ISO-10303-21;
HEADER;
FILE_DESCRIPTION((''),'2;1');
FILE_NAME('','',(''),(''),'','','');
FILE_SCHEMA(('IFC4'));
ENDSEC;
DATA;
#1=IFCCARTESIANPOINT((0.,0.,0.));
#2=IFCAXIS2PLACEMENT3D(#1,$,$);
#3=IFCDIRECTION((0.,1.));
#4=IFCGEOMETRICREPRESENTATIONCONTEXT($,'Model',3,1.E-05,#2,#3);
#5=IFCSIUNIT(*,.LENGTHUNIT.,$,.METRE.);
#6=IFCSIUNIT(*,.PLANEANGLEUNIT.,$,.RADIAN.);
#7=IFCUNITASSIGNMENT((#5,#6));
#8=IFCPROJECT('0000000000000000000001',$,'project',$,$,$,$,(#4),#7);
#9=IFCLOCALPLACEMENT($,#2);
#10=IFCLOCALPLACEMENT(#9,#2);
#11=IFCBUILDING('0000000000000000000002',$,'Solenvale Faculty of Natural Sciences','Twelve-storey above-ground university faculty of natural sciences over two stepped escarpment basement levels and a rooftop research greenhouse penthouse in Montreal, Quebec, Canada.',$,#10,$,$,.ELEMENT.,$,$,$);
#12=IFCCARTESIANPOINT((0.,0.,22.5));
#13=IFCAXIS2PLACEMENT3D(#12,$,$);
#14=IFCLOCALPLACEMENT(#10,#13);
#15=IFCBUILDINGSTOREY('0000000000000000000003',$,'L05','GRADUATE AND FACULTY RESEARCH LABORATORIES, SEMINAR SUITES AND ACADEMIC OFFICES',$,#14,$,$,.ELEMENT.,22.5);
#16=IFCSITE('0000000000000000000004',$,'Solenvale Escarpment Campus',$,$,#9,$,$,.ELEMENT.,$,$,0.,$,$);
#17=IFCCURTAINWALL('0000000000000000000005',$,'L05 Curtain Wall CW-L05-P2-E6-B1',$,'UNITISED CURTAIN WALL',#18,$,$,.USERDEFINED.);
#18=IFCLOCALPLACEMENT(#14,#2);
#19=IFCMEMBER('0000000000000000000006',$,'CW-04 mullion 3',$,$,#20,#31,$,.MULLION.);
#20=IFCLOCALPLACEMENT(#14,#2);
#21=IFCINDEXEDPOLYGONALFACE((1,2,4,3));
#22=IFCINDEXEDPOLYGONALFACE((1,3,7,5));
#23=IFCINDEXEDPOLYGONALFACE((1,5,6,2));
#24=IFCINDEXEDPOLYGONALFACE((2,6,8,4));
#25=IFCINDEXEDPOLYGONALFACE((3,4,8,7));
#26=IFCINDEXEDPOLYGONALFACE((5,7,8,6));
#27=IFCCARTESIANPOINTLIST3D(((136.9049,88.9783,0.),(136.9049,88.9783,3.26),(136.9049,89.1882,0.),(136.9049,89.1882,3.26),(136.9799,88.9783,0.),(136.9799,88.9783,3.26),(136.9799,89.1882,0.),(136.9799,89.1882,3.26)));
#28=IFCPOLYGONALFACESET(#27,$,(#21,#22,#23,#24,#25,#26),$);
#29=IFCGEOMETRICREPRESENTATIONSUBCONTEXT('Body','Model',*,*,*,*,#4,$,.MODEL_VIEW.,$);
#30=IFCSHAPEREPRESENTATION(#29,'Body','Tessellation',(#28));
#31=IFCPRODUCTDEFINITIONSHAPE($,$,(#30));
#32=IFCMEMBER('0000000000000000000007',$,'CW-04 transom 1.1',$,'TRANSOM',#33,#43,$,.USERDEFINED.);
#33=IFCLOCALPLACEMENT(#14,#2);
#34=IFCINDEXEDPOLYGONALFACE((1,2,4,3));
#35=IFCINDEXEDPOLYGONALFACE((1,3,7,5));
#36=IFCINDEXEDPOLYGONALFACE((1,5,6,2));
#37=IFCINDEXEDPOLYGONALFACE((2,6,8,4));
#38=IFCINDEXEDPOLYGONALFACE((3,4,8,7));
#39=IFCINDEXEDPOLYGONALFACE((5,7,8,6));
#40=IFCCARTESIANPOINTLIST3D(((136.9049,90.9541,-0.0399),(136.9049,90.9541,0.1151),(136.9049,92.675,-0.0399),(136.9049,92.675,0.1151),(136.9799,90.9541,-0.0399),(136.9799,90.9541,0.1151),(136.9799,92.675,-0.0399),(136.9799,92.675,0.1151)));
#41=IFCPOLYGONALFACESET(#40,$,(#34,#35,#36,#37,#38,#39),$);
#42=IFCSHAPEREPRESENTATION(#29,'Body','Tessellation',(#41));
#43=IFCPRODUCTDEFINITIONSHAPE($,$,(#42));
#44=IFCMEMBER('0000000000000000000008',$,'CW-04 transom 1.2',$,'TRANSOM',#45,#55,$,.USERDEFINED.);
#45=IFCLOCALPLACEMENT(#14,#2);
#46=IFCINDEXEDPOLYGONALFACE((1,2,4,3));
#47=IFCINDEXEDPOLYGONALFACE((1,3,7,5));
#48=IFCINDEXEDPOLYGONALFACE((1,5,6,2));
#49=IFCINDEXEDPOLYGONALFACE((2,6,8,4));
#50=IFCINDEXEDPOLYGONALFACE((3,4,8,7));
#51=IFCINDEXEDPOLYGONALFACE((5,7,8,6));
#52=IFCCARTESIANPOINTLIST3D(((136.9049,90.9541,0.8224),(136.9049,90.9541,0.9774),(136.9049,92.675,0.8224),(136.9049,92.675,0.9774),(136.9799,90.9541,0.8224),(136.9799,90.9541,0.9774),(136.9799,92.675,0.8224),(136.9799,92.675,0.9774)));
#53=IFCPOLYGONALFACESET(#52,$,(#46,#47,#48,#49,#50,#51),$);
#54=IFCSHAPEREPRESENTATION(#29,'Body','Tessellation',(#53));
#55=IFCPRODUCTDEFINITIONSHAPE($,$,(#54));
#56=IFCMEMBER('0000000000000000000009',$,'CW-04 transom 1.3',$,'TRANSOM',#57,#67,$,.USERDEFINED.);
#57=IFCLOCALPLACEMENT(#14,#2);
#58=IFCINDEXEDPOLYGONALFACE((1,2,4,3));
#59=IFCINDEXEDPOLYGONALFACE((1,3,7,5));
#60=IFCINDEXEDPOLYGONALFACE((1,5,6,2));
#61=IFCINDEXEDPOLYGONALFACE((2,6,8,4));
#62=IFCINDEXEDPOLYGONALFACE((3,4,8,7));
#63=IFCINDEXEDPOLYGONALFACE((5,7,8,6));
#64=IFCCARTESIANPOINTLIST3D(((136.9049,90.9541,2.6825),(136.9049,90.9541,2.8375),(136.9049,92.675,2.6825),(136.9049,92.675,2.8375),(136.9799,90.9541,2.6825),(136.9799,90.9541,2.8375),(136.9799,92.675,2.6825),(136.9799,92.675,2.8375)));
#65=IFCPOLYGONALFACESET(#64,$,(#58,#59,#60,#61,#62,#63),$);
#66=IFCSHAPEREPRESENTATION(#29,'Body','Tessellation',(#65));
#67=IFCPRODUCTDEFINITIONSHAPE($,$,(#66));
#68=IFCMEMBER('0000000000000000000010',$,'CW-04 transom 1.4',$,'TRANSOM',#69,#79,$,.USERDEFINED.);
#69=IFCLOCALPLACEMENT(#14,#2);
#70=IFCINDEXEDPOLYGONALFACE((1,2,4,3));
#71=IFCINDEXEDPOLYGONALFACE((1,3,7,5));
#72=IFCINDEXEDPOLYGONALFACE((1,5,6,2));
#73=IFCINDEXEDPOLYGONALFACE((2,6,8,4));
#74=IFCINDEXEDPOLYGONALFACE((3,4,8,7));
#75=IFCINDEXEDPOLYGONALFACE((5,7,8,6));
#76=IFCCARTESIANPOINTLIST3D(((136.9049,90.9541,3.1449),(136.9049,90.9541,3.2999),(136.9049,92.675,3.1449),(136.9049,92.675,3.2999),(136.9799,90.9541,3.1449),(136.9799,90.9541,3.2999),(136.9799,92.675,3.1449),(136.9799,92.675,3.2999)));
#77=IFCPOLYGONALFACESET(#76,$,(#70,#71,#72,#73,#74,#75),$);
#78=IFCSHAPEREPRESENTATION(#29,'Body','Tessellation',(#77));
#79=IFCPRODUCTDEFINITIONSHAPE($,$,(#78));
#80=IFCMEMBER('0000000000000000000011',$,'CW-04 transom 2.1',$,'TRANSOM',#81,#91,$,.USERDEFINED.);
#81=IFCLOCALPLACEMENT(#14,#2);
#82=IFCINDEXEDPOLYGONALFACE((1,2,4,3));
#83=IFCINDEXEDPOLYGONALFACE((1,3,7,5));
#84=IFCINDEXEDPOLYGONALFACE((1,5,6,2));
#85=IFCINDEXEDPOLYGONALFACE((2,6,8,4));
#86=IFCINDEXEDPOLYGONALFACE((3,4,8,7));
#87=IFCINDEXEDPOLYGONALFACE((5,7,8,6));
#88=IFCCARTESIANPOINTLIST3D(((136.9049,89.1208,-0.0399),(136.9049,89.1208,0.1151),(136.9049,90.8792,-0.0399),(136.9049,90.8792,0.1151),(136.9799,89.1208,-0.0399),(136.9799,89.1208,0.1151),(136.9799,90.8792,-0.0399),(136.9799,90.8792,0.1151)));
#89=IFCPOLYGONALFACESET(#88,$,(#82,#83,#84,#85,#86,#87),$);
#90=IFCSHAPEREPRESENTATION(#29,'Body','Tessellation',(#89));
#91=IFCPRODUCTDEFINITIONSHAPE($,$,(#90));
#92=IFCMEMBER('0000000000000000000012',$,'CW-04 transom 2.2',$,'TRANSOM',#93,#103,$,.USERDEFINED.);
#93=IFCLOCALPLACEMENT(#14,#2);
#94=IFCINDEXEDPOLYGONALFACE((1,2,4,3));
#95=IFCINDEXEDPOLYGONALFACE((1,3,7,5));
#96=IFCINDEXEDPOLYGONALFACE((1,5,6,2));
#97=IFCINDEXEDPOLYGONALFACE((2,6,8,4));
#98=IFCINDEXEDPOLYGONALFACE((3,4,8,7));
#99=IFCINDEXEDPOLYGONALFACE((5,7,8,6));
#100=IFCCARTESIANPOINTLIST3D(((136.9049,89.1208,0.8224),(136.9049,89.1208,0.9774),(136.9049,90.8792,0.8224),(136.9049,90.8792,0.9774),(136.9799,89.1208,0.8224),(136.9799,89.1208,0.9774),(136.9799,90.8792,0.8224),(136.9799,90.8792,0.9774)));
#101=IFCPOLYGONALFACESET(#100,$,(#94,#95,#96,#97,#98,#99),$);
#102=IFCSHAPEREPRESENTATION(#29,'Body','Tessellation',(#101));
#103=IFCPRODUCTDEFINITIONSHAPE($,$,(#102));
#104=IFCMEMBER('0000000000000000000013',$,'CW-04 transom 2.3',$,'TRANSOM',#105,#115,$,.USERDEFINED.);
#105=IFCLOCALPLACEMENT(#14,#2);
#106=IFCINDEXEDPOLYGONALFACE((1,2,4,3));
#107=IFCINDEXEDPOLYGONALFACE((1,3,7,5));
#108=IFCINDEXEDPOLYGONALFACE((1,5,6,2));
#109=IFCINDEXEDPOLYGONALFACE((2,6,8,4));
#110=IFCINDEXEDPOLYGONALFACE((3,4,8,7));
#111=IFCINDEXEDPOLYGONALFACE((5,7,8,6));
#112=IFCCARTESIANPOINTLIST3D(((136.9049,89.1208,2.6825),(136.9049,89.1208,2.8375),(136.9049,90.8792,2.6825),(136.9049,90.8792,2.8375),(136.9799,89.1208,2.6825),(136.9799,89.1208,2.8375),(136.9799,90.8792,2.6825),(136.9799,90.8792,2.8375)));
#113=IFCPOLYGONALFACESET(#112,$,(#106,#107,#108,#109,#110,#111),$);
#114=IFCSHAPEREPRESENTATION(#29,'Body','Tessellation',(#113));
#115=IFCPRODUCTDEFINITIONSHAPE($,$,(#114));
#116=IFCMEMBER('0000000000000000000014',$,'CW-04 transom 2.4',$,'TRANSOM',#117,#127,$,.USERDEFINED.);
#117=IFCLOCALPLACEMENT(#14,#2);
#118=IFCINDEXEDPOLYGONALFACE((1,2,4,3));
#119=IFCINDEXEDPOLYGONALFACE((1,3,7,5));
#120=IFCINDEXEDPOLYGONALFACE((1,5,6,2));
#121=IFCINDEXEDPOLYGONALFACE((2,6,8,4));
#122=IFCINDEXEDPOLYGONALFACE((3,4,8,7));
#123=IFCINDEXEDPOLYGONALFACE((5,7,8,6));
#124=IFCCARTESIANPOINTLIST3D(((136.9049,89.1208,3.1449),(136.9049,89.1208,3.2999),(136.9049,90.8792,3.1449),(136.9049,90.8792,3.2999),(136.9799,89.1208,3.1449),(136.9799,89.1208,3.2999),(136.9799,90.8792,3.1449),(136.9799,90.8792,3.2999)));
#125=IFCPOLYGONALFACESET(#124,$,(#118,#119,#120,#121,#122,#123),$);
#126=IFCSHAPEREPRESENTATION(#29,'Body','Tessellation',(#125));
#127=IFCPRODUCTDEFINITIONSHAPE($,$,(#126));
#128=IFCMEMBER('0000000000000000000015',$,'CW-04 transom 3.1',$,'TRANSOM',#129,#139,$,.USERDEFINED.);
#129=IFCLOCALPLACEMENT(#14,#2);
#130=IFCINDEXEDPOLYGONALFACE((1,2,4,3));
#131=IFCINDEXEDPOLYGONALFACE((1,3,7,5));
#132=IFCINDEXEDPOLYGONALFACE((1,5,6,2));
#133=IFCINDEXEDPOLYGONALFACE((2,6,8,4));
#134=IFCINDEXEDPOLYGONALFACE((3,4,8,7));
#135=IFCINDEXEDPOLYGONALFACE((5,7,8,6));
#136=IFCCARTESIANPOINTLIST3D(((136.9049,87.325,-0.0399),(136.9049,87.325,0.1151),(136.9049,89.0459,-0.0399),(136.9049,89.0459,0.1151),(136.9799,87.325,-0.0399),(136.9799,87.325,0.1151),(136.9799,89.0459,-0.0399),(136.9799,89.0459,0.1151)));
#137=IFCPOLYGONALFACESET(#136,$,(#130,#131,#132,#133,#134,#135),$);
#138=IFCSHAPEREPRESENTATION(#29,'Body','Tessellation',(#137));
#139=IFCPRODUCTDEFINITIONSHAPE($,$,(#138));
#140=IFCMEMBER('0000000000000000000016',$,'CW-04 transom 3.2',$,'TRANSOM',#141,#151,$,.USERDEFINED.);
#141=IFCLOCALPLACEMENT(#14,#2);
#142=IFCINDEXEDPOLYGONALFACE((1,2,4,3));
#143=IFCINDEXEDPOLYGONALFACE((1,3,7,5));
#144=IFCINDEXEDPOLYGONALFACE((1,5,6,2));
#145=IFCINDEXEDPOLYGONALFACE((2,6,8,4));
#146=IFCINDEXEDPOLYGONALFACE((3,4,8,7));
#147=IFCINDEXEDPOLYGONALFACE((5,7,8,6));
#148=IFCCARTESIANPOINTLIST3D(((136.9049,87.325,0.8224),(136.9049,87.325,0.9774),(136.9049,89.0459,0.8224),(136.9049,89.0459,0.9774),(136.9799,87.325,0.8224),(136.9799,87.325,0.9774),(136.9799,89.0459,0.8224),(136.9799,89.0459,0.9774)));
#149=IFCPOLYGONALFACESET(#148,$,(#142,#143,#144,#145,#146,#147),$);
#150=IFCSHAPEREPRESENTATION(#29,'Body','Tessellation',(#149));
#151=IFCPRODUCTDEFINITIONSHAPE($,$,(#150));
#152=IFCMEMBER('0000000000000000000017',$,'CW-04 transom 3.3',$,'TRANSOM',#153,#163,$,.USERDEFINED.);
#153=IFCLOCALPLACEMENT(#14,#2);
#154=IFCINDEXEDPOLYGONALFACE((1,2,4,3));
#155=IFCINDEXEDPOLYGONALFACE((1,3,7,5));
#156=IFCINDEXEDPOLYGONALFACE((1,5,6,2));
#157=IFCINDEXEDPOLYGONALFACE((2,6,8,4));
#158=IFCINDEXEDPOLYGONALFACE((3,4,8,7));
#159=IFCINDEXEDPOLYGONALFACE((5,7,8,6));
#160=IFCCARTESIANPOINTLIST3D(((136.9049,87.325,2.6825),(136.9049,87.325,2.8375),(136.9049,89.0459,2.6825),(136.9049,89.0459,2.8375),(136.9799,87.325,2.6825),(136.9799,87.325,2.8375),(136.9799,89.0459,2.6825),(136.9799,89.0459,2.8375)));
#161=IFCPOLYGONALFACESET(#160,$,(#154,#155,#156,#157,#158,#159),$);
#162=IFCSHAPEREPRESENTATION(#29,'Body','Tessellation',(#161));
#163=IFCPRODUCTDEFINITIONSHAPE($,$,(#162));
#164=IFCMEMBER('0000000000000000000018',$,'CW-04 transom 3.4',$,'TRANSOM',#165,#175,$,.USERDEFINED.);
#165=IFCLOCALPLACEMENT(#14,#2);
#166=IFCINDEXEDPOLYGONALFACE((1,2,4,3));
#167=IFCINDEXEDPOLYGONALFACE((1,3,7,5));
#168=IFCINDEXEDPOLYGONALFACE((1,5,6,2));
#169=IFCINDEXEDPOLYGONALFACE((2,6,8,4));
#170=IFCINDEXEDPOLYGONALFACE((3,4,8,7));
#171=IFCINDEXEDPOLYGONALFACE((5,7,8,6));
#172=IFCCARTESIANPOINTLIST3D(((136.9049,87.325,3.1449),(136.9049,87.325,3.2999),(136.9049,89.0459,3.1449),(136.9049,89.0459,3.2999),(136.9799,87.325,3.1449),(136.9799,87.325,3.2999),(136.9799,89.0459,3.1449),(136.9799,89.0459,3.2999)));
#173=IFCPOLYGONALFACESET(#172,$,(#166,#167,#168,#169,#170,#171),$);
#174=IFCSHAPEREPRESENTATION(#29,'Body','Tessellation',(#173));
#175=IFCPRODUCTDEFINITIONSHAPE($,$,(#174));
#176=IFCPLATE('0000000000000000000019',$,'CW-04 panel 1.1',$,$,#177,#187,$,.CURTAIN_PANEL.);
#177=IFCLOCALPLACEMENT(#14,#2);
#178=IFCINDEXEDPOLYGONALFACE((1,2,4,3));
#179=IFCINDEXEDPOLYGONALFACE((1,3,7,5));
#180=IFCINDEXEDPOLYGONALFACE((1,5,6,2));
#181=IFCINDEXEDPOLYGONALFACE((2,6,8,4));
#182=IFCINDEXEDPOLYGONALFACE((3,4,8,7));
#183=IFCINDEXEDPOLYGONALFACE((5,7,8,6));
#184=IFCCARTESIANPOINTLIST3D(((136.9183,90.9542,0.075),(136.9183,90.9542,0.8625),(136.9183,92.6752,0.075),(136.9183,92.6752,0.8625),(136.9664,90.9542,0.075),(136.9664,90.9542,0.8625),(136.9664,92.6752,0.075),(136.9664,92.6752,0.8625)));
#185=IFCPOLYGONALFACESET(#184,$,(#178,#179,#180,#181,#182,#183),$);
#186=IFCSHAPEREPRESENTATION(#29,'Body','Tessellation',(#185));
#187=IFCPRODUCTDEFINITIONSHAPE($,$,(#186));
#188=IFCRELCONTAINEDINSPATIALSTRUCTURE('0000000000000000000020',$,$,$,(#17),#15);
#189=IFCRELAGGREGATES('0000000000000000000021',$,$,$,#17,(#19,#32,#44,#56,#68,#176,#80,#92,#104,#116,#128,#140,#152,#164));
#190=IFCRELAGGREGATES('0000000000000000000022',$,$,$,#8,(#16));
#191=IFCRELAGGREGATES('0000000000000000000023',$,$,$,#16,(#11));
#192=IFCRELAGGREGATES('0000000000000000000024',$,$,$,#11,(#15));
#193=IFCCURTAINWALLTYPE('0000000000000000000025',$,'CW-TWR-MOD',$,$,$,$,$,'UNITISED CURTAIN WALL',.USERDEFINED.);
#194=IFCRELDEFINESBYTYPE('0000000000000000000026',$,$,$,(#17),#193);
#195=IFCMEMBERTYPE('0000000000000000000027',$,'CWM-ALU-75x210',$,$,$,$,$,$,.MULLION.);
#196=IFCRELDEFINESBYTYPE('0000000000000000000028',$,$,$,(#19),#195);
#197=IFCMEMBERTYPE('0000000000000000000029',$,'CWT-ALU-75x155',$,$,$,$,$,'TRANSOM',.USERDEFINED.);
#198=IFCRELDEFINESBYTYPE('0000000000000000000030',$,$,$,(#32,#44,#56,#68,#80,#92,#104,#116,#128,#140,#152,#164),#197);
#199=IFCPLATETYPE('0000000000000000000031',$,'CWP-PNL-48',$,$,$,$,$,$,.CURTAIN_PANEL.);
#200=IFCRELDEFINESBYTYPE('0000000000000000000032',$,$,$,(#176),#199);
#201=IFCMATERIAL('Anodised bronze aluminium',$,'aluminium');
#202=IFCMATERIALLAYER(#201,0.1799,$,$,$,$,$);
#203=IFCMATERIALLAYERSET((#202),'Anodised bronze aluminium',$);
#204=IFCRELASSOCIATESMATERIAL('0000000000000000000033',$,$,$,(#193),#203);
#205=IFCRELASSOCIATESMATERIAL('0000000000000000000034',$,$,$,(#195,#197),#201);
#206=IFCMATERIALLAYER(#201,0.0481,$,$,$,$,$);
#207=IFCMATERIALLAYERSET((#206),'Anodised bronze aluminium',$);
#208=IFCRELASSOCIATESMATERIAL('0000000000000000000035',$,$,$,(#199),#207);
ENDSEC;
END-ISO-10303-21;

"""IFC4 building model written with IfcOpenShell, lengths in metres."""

from ifc_helpers import new_model, si_unit, direction, frame, origin, origin_2d, place, context, subcontext, project, spatial, rectangle, extrude, material, layer, layer_set, material_profile, profile_set, type_object, element, aggregate, save


model = new_model("IFC4")

# Units and contexts
model_context = context("Model", 3, precision=1e-05, world=origin(), true_north=direction((0.0, 1.0)))
body_context = subcontext(model_context, "Body", "Model", "MODEL_VIEW")
ifc_project = project(units=[si_unit("LENGTHUNIT", "METRE"), si_unit("PLANEANGLEUNIT", "RADIAN")], contexts=[model_context])

# Site, building, storey
site_placement = place(None, origin())
site = spatial("IfcSite", under=ifc_project, at=site_placement, Name="Solenvale Escarpment Campus", CompositionType="ELEMENT", RefElevation=0.0)
building_placement = place(site_placement, origin())
building = spatial("IfcBuilding", under=site, at=building_placement, Name="Solenvale Faculty of Natural Sciences", Description="Twelve-storey above-ground university faculty of natural sciences over two stepped escarpment basement levels and a rooftop research greenhouse penthouse in Montreal, Quebec, Canada.", CompositionType="ELEMENT")
storey_placement = place(building_placement, frame((0.0, 0.0, 22.5)))
storey = spatial("IfcBuildingStorey", under=building, at=storey_placement, Name="L05", Description="GRADUATE AND FACULTY RESEARCH LABORATORIES, SEMINAR SUITES AND ACADEMIC OFFICES", CompositionType="ELEMENT", Elevation=22.5)

# Curtain wall, members, plate
ifc_material_1 = material(Name="Anodised bronze aluminium", Category="aluminium")
ifc_layer_1 = layer(ifc_material_1, 0.1799)
ifc_layer_set_1 = layer_set([ifc_layer_1], Name="Anodised bronze aluminium")
curtain_wall_type = type_object("IfcCurtainWallType", Name="CW-TWR-MOD", ElementType="UNITISED CURTAIN WALL", PredefinedType="USERDEFINED", material=ifc_layer_set_1)
curtain_wall_placement = place(storey_placement, origin())
curtain_wall = element("IfcCurtainWall", 1, at=curtain_wall_placement, inside=storey, type_object=curtain_wall_type, Name="L05 Curtain Wall CW-L05-P2-E6-B1", ObjectType="UNITISED CURTAIN WALL", PredefinedType="USERDEFINED")
ifc_material_profile_1 = material_profile(ifc_material_1, rectangle(XDim=0.075, YDim=0.21, at=origin_2d()), Name="ALU-MUL-75x210")
ifc_profile_set_1 = profile_set([ifc_material_profile_1], Name="Anodised bronze aluminium")
member_type_1 = type_object("IfcMemberType", Name="CWM-ALU-75x210", PredefinedType="MULLION", material=ifc_profile_set_1)
member_1_placement = place(storey_placement, frame((136.9424, 89.0833, 0.0), z_axis=(0.0, 0.0, 1.0), x_axis=(1.0, 0.0, 0.0)))
member_1 = element("IfcMember", 2, at=member_1_placement, type_object=member_type_1, Name="CW-04 mullion 3", PredefinedType="MULLION", context=body_context, shape_type="SweptSolid", body=[
    extrude(rectangle(XDim=0.075, YDim=0.21, at=origin_2d()), origin(), (0.0, 0.0, 1.0), 3.26),
])
ifc_material_profile_2 = material_profile(ifc_material_1, rectangle(XDim=0.075, YDim=0.155, at=origin_2d()), Name="ALU-TRN-75x155")
ifc_profile_set_2 = profile_set([ifc_material_profile_2], Name="Anodised bronze aluminium")
member_type_2 = type_object("IfcMemberType", Name="CWT-ALU-75x155", ElementType="TRANSOM", PredefinedType="USERDEFINED", material=ifc_profile_set_2)
member_2_placement = place(storey_placement, frame((136.9424, 92.675, 0.0376), z_axis=(0.0, -1.0, 0.0), x_axis=(1.0, 0.0, 0.0)))
member_2 = element("IfcMember", 3, at=member_2_placement, type_object=member_type_2, Name="CW-04 transom 1.1", ObjectType="TRANSOM", PredefinedType="USERDEFINED", context=body_context, shape_type="SweptSolid", body=[
    extrude(rectangle(XDim=0.075, YDim=0.155, at=origin_2d()), origin(), (0.0, 0.0, 1.0), 1.7209),
])
member_3_placement = place(storey_placement, frame((136.9424, 92.675, 0.8999), z_axis=(0.0, -1.0, 0.0), x_axis=(1.0, 0.0, 0.0)))
member_3 = element("IfcMember", 4, at=member_3_placement, type_object=member_type_2, Name="CW-04 transom 1.2", ObjectType="TRANSOM", PredefinedType="USERDEFINED", context=body_context, shape_type="SweptSolid", body=[
    extrude(rectangle(XDim=0.075, YDim=0.155, at=origin_2d()), origin(), (0.0, 0.0, 1.0), 1.7209),
])
member_4_placement = place(storey_placement, frame((136.9424, 92.675, 2.76), z_axis=(0.0, -1.0, 0.0), x_axis=(1.0, 0.0, 0.0)))
member_4 = element("IfcMember", 5, at=member_4_placement, type_object=member_type_2, Name="CW-04 transom 1.3", ObjectType="TRANSOM", PredefinedType="USERDEFINED", context=body_context, shape_type="SweptSolid", body=[
    extrude(rectangle(XDim=0.075, YDim=0.155, at=origin_2d()), origin(), (0.0, 0.0, 1.0), 1.7209),
])
member_5_placement = place(storey_placement, frame((136.9424, 92.675, 3.2224), z_axis=(0.0, -1.0, 0.0), x_axis=(1.0, 0.0, 0.0)))
member_5 = element("IfcMember", 6, at=member_5_placement, type_object=member_type_2, Name="CW-04 transom 1.4", ObjectType="TRANSOM", PredefinedType="USERDEFINED", context=body_context, shape_type="SweptSolid", body=[
    extrude(rectangle(XDim=0.075, YDim=0.155, at=origin_2d()), origin(), (0.0, 0.0, 1.0), 1.7209),
])
member_6_placement = place(storey_placement, frame((136.9424, 90.8792, 0.0376), z_axis=(0.0, -1.0, 0.0), x_axis=(1.0, 0.0, 0.0)))
member_6 = element("IfcMember", 7, at=member_6_placement, type_object=member_type_2, Name="CW-04 transom 2.1", ObjectType="TRANSOM", PredefinedType="USERDEFINED", context=body_context, shape_type="SweptSolid", body=[
    extrude(rectangle(XDim=0.075, YDim=0.155, at=origin_2d()), origin(), (0.0, 0.0, 1.0), 1.7583),
])
member_7_placement = place(storey_placement, frame((136.9424, 90.8792, 0.8999), z_axis=(0.0, -1.0, 0.0), x_axis=(1.0, 0.0, 0.0)))
member_7 = element("IfcMember", 8, at=member_7_placement, type_object=member_type_2, Name="CW-04 transom 2.2", ObjectType="TRANSOM", PredefinedType="USERDEFINED", context=body_context, shape_type="SweptSolid", body=[
    extrude(rectangle(XDim=0.075, YDim=0.155, at=origin_2d()), origin(), (0.0, 0.0, 1.0), 1.7583),
])
member_8_placement = place(storey_placement, frame((136.9424, 90.8792, 2.76), z_axis=(0.0, -1.0, 0.0), x_axis=(1.0, 0.0, 0.0)))
member_8 = element("IfcMember", 9, at=member_8_placement, type_object=member_type_2, Name="CW-04 transom 2.3", ObjectType="TRANSOM", PredefinedType="USERDEFINED", context=body_context, shape_type="SweptSolid", body=[
    extrude(rectangle(XDim=0.075, YDim=0.155, at=origin_2d()), origin(), (0.0, 0.0, 1.0), 1.7583),
])
member_9_placement = place(storey_placement, frame((136.9424, 90.8792, 3.2224), z_axis=(0.0, -1.0, 0.0), x_axis=(1.0, 0.0, 0.0)))
member_9 = element("IfcMember", 10, at=member_9_placement, type_object=member_type_2, Name="CW-04 transom 2.4", ObjectType="TRANSOM", PredefinedType="USERDEFINED", context=body_context, shape_type="SweptSolid", body=[
    extrude(rectangle(XDim=0.075, YDim=0.155, at=origin_2d()), origin(), (0.0, 0.0, 1.0), 1.7583),
])
member_10_placement = place(storey_placement, frame((136.9424, 89.0459, 0.0376), z_axis=(0.0, -1.0, 0.0), x_axis=(1.0, 0.0, 0.0)))
member_10 = element("IfcMember", 11, at=member_10_placement, type_object=member_type_2, Name="CW-04 transom 3.1", ObjectType="TRANSOM", PredefinedType="USERDEFINED", context=body_context, shape_type="SweptSolid", body=[
    extrude(rectangle(XDim=0.075, YDim=0.155, at=origin_2d()), origin(), (0.0, 0.0, 1.0), 1.7209),
])
member_11_placement = place(storey_placement, frame((136.9424, 89.0459, 0.8999), z_axis=(0.0, -1.0, 0.0), x_axis=(1.0, 0.0, 0.0)))
member_11 = element("IfcMember", 12, at=member_11_placement, type_object=member_type_2, Name="CW-04 transom 3.2", ObjectType="TRANSOM", PredefinedType="USERDEFINED", context=body_context, shape_type="SweptSolid", body=[
    extrude(rectangle(XDim=0.075, YDim=0.155, at=origin_2d()), origin(), (0.0, 0.0, 1.0), 1.7209),
])
member_12_placement = place(storey_placement, frame((136.9424, 89.0459, 2.76), z_axis=(0.0, -1.0, 0.0), x_axis=(1.0, 0.0, 0.0)))
member_12 = element("IfcMember", 13, at=member_12_placement, type_object=member_type_2, Name="CW-04 transom 3.3", ObjectType="TRANSOM", PredefinedType="USERDEFINED", context=body_context, shape_type="SweptSolid", body=[
    extrude(rectangle(XDim=0.075, YDim=0.155, at=origin_2d()), origin(), (0.0, 0.0, 1.0), 1.7209),
])
member_13_placement = place(storey_placement, frame((136.9424, 89.0459, 3.2224), z_axis=(0.0, -1.0, 0.0), x_axis=(1.0, 0.0, 0.0)))
member_13 = element("IfcMember", 14, at=member_13_placement, type_object=member_type_2, Name="CW-04 transom 3.4", ObjectType="TRANSOM", PredefinedType="USERDEFINED", context=body_context, shape_type="SweptSolid", body=[
    extrude(rectangle(XDim=0.075, YDim=0.155, at=origin_2d()), origin(), (0.0, 0.0, 1.0), 1.7209),
])
ifc_layer_2 = layer(ifc_material_1, 0.0481)
ifc_layer_set_2 = layer_set([ifc_layer_2], Name="Anodised bronze aluminium")
plate_type = type_object("IfcPlateType", Name="CWP-PNL-48", PredefinedType="CURTAIN_PANEL", material=ifc_layer_set_2)
plate_1_placement = place(storey_placement, frame((136.9424, 91.8147, 0.075), z_axis=(0.0, 0.0, 1.0), x_axis=(0.0, -1.0, 0.0)))
plate_1 = element("IfcPlate", 15, at=plate_1_placement, type_object=plate_type, Name="CW-04 panel 1.1", PredefinedType="CURTAIN_PANEL", context=body_context, shape_type="SweptSolid", body=[
    extrude(rectangle(XDim=1.7209, YDim=0.0481, at=origin_2d()), origin(), (0.0, 0.0, 1.0), 0.7876),
])
aggregate(curtain_wall, [member_1, member_2, member_3, member_4, member_5, plate_1, member_6, member_7, member_8, member_9, member_10, member_11, member_12, member_13])

save(model, "model.ifc")
